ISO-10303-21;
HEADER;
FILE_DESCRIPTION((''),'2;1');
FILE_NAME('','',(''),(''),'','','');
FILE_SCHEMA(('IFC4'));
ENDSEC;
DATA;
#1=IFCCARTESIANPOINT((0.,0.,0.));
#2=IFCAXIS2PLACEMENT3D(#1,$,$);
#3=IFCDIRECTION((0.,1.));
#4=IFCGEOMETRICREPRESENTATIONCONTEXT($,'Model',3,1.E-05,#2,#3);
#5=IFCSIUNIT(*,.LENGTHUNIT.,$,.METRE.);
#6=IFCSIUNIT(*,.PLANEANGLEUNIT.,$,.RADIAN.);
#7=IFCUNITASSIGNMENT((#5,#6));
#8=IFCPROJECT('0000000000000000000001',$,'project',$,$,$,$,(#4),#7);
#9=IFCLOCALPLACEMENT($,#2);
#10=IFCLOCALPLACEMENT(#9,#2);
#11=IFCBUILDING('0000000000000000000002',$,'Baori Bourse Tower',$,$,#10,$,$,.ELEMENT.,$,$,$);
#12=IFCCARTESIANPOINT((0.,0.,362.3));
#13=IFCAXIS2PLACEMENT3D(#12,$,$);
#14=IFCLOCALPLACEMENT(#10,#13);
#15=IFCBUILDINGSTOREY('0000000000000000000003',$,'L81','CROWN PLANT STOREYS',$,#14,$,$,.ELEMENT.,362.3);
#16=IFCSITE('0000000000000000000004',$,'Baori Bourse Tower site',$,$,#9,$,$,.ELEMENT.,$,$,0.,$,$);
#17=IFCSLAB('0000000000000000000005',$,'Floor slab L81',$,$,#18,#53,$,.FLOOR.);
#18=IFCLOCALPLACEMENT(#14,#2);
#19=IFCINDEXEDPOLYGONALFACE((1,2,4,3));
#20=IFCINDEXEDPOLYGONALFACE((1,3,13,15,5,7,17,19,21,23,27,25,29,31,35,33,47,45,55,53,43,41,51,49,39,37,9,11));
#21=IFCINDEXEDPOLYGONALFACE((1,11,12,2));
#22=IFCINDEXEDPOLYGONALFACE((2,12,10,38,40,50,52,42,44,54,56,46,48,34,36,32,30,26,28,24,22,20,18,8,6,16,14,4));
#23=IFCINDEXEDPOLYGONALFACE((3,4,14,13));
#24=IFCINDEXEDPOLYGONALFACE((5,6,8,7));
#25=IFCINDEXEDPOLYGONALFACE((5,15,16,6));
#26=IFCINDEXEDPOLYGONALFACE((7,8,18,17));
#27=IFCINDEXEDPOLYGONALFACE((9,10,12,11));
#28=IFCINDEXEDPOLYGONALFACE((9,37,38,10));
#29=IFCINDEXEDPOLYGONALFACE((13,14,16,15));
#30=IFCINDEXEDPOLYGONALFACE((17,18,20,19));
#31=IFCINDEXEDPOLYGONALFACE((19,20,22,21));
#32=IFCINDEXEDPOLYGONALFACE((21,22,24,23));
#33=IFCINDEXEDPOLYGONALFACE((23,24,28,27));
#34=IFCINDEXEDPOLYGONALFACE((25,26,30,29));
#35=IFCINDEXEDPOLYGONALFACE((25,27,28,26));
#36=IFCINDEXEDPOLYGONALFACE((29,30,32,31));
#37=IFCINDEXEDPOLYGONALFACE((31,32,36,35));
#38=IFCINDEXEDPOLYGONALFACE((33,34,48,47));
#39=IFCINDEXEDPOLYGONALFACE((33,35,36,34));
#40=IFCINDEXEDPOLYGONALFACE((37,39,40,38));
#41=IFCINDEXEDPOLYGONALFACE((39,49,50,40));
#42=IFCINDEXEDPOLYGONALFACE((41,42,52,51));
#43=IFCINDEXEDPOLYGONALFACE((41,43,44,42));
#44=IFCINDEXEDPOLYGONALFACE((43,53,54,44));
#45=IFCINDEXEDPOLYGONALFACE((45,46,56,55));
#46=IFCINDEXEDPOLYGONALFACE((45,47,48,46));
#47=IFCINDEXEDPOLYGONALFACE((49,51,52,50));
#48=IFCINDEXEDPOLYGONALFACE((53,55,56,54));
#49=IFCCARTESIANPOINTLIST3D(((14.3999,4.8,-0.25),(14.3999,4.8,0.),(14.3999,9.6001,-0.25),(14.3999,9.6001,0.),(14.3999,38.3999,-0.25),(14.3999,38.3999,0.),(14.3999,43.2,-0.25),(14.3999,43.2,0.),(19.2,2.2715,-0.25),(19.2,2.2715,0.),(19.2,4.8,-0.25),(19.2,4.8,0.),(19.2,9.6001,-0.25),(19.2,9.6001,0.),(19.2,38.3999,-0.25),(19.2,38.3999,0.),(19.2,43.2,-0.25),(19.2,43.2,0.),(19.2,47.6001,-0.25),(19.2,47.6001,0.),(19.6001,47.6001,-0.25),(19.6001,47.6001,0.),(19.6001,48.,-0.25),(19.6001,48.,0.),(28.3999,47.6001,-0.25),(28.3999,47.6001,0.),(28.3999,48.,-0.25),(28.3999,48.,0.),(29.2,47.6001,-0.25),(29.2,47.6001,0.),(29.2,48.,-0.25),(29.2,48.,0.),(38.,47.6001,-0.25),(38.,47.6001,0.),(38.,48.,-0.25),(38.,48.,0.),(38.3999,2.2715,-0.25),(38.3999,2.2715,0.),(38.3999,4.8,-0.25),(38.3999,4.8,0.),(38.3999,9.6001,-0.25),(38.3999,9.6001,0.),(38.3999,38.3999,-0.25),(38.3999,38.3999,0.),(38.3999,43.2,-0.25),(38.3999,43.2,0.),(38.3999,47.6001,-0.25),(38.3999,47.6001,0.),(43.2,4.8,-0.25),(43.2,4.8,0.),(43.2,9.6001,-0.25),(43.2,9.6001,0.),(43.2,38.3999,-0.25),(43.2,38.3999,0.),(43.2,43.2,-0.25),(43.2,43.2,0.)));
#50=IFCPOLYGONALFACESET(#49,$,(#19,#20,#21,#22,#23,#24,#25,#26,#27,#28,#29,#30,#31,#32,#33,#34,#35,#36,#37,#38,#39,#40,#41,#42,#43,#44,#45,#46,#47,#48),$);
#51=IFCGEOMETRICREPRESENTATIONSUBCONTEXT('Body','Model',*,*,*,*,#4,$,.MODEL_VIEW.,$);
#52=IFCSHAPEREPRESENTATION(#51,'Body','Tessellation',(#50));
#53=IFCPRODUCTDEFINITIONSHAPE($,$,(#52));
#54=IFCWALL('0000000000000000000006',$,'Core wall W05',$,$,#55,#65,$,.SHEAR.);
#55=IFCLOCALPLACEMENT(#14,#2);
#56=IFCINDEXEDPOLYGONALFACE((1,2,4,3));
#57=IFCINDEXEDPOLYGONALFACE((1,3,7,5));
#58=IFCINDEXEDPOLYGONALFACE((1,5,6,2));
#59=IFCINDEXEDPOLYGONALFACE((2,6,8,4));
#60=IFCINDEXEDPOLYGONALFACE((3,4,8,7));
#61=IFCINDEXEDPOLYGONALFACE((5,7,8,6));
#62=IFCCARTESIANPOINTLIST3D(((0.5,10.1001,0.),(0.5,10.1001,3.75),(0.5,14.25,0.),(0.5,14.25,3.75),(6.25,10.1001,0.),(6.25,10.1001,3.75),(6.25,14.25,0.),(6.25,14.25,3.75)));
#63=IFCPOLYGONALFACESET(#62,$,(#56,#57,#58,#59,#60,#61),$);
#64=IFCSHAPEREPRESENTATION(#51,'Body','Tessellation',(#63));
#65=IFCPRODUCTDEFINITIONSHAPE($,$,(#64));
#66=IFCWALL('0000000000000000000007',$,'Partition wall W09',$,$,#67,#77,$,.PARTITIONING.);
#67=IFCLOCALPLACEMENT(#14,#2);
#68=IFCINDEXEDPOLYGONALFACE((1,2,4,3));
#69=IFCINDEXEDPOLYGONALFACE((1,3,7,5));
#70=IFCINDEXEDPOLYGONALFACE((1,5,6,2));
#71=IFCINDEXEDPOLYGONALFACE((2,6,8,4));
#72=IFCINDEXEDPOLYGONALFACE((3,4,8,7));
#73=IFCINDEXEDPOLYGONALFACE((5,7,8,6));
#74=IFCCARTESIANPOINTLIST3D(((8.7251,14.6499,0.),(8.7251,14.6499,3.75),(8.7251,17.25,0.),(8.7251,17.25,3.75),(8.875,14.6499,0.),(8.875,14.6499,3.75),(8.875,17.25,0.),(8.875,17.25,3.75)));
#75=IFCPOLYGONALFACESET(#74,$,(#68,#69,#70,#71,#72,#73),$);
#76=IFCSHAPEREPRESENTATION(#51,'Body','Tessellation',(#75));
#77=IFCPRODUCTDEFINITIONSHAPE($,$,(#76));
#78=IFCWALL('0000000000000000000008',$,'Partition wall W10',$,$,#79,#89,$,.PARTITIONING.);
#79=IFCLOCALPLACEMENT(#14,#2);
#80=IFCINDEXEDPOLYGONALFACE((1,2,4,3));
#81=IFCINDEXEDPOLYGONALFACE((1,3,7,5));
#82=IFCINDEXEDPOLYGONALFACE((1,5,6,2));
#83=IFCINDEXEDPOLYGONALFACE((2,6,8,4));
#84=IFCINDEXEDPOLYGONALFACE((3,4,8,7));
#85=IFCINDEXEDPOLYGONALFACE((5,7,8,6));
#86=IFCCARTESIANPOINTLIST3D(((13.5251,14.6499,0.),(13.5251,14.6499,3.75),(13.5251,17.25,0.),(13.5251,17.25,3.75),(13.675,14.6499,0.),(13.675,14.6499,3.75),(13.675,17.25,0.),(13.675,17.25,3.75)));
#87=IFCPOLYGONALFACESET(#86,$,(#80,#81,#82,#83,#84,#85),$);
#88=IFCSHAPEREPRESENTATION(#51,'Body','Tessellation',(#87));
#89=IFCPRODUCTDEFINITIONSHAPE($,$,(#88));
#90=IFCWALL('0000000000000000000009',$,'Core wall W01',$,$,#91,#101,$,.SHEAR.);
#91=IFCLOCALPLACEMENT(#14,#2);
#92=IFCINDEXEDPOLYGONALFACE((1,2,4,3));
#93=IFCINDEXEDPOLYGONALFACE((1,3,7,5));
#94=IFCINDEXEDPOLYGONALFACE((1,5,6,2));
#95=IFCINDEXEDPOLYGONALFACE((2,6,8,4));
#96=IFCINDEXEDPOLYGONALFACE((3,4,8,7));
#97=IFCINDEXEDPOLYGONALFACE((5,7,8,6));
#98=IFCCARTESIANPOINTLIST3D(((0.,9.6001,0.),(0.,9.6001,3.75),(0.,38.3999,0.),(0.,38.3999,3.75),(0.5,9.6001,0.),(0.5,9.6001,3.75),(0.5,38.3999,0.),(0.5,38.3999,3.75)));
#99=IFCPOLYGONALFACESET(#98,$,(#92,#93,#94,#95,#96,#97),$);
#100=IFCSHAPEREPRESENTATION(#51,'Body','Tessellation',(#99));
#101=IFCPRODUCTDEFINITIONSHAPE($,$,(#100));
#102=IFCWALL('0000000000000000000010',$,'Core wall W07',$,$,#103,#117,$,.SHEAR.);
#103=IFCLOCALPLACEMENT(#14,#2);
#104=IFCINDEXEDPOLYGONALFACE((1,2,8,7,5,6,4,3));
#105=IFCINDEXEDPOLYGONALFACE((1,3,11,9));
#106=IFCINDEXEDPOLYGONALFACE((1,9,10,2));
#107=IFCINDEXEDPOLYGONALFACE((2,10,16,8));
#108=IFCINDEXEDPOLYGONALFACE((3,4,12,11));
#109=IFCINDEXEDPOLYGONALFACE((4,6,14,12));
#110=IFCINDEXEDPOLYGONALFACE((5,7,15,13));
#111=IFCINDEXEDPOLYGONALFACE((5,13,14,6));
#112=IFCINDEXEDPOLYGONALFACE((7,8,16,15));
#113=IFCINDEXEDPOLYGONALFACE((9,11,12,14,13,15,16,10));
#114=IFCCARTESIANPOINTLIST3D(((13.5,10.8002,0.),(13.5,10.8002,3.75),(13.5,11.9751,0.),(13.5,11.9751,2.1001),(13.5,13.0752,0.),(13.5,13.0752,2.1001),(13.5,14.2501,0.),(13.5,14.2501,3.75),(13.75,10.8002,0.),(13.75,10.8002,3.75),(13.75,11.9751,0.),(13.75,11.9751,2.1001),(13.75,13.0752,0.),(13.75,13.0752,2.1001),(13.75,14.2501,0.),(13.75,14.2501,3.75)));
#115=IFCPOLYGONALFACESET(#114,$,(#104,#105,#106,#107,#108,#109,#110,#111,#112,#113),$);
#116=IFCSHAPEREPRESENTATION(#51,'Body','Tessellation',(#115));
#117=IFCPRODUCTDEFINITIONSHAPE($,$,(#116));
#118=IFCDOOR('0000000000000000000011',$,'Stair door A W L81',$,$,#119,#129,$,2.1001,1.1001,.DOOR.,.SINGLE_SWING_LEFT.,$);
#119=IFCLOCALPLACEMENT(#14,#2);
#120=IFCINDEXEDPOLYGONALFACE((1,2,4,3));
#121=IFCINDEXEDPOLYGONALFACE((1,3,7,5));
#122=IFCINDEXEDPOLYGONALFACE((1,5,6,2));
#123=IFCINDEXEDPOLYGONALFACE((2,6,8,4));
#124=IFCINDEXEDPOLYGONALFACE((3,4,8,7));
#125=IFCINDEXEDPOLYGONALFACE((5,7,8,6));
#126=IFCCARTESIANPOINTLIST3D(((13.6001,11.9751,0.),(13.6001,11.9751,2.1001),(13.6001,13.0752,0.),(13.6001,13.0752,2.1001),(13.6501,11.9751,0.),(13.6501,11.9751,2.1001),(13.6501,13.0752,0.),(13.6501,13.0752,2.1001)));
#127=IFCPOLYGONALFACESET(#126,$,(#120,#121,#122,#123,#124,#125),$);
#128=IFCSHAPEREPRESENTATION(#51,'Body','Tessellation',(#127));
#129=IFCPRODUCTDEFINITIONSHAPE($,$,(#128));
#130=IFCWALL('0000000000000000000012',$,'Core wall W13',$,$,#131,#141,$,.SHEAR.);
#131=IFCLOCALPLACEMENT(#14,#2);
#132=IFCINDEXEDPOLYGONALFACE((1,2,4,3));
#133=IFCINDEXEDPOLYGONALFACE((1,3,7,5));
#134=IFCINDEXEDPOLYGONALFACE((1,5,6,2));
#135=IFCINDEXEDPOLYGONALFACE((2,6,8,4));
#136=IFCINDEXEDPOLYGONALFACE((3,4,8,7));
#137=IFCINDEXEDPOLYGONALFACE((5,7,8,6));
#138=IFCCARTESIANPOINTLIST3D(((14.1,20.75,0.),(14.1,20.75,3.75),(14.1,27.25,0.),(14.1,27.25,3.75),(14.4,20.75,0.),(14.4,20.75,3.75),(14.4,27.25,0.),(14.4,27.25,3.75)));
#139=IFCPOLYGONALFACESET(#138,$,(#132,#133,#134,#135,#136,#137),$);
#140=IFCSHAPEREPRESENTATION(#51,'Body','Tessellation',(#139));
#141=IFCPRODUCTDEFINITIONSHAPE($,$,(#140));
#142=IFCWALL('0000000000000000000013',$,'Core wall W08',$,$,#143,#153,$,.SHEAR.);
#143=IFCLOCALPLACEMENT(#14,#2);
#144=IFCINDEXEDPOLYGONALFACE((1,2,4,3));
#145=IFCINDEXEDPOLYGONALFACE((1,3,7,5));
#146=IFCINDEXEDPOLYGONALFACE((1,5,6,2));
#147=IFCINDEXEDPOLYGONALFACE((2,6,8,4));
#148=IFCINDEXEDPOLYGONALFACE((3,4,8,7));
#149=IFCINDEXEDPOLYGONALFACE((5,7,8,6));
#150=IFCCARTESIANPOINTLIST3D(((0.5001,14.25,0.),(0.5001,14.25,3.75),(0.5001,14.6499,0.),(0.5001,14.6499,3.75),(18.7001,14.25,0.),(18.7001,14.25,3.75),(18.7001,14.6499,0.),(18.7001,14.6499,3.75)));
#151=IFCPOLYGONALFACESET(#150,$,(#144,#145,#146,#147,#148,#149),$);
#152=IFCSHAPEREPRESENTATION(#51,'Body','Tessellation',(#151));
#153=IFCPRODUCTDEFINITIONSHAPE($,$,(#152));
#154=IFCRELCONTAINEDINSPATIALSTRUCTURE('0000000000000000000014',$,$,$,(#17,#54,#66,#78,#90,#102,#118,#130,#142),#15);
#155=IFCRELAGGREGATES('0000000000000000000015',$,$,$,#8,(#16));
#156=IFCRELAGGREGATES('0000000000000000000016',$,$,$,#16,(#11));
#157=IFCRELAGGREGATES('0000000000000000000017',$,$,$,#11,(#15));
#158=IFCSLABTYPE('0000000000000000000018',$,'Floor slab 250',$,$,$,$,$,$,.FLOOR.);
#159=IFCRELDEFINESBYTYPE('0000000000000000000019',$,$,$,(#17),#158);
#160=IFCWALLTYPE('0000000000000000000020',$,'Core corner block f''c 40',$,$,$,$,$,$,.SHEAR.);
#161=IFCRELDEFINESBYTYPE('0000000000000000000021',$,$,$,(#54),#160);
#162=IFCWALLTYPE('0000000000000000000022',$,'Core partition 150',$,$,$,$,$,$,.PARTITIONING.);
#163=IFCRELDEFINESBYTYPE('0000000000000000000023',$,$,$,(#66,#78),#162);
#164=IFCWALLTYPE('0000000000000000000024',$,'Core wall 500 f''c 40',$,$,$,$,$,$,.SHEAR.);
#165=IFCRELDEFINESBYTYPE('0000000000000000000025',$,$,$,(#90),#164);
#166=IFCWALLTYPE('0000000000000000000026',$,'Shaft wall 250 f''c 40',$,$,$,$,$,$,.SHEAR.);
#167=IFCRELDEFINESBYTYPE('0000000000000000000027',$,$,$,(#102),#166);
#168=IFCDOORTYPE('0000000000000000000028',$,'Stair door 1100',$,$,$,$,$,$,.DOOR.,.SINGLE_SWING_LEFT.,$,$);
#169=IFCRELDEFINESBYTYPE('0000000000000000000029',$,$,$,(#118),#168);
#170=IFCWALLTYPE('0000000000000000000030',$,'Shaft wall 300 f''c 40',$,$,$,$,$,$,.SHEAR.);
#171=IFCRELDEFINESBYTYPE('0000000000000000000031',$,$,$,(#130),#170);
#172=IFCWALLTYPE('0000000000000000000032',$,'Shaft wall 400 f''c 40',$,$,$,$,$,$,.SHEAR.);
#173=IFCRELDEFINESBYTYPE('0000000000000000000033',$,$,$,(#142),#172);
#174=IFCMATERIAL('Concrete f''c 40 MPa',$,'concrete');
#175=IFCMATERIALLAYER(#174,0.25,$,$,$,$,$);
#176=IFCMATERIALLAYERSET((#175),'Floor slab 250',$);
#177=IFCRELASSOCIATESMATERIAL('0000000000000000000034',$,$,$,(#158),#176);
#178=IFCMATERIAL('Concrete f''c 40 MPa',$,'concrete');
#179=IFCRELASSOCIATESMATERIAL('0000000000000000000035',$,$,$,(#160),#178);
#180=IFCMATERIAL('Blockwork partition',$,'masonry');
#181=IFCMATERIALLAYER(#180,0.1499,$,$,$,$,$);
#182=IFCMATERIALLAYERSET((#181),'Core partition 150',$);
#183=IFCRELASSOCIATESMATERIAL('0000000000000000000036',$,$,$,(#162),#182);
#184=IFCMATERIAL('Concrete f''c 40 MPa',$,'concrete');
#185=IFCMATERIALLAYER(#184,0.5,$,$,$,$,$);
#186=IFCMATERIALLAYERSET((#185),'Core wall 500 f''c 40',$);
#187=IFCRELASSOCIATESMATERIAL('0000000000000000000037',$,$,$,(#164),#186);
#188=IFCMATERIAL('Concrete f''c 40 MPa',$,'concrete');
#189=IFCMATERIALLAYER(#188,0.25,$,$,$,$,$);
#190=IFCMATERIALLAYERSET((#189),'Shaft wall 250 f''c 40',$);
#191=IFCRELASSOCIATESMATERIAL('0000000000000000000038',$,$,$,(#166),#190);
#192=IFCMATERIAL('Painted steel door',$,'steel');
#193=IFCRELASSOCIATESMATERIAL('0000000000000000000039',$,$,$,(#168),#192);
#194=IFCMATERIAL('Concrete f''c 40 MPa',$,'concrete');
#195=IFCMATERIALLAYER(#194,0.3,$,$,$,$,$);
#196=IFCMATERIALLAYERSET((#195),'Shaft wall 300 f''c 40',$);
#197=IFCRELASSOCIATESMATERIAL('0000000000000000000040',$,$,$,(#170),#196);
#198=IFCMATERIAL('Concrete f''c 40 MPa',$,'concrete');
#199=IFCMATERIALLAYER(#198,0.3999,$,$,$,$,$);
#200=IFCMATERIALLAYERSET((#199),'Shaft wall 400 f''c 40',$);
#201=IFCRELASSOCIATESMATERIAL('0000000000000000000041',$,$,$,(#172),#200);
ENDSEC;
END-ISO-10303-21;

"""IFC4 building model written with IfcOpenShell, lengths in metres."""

from ifc_helpers import new_model, si_unit, direction, frame, frame_2d, origin, place, context, subcontext, project, spatial, polyline, rectangle, outline, extrude, material, layer, layer_set, type_object, element, fill, save


model = new_model("IFC4")

# Units and contexts
model_context = context("Model", 3, precision=1e-05, world=origin(), true_north=direction((0.0, 1.0)))
body_context = subcontext(model_context, "Body", "Model", "MODEL_VIEW")
ifc_project = project(units=[si_unit("LENGTHUNIT", "METRE"), si_unit("PLANEANGLEUNIT", "RADIAN")], contexts=[model_context])

# Site, building, storey
site_placement = place(None, origin())
site = spatial("IfcSite", under=ifc_project, at=site_placement, Name="Baori Bourse Tower site", CompositionType="ELEMENT", RefElevation=0.0)
building_placement = place(site_placement, origin())
building = spatial("IfcBuilding", under=site, at=building_placement, Name="Baori Bourse Tower", CompositionType="ELEMENT")
storey_placement = place(building_placement, frame((0.0, 0.0, 362.3)))
storey = spatial("IfcBuildingStorey", under=building, at=storey_placement, Name="L81", Description="CROWN PLANT STOREYS", CompositionType="ELEMENT", Elevation=362.3)

# Slab
ifc_material_1 = material(Name="Concrete f'c 40 MPa", Category="concrete")
ifc_layer_1 = layer(ifc_material_1, 0.25)
ifc_layer_set_1 = layer_set([ifc_layer_1], Name="Floor slab 250")
slab_type_1 = type_object("IfcSlabType", Name="Floor slab 250", PredefinedType="FLOOR", material=ifc_layer_set_1)
slab_1_placement = place(storey_placement, frame((0.0, 0.0, -0.25)))
element("IfcSlab", 1, at=slab_1_placement, inside=storey, type_object=slab_type_1, Name="Floor slab L81", PredefinedType="FLOOR", context=body_context, shape_type="SweptSolid", body=[
    extrude(outline(polyline([(38.3999, 43.2), (43.2, 43.2), (43.2, 38.3999), (38.3999, 38.3999), (38.3999, 9.6001), (43.2, 9.6001), (43.2, 4.8), (38.3999, 4.8), (38.3999, 2.2715), (19.2, 2.2715), (19.2, 4.8), (14.3999, 4.8), (14.3999, 9.6001), (19.2, 9.6001), (19.2, 38.3999), (14.3999, 38.3999), (14.3999, 43.2), (19.2, 43.2), (19.2, 47.6001), (19.6001, 47.6001), (19.6001, 48.0), (28.3999, 48.0), (28.3999, 47.6001), (29.2, 47.6001), (29.2, 48.0), (38.0, 48.0), (38.0, 47.6001), (38.3999, 47.6001), (38.3999, 43.2)])), origin(), (0.0, 0.0, 1.0), 0.25),
])

# Walls
ifc_material_2 = material(Name="Concrete f'c 40 MPa", Category="concrete")
wall_type_1 = type_object("IfcWallType", Name="Core corner block f'c 40", PredefinedType="SHEAR", material=ifc_material_2)
wall_1_placement = place(storey_placement, frame((0.5, 12.175, 0.0), z_axis=(0.0, 0.0, 1.0), x_axis=(1.0, 0.0, 0.0)))
element("IfcWall", 2, at=wall_1_placement, inside=storey, type_object=wall_type_1, Name="Core wall W05", PredefinedType="SHEAR", context=body_context, shape_type="SweptSolid", body=[
    extrude(rectangle(XDim=5.75, YDim=4.1499, at=frame_2d((2.875, 0.0))), origin(), (0.0, 0.0, 1.0), 3.75),
])
ifc_material_3 = material(Name="Blockwork partition", Category="masonry")
ifc_layer_2 = layer(ifc_material_3, 0.1499)
ifc_layer_set_2 = layer_set([ifc_layer_2], Name="Core partition 150")
wall_type_2 = type_object("IfcWallType", Name="Core partition 150", PredefinedType="PARTITIONING", material=ifc_layer_set_2)
for number, where, z_axis, x_axis, name in (
    (3, (8.8, 14.6499, 0.0), (0.0, 0.0, 1.0), (0.0, 1.0, 0.0), "Partition wall W09"),
    (4, (13.6001, 14.6499, 0.0), (0.0, 0.0, 1.0), (0.0, 1.0, 0.0), "Partition wall W10"),
):
    element("IfcWall", number, at=place(storey_placement, frame(where, z_axis=z_axis, x_axis=x_axis)), inside=storey, type_object=wall_type_2, Name=name, PredefinedType="PARTITIONING", context=body_context, shape_type="SweptSolid", body=[
        extrude(rectangle(XDim=2.6001, YDim=0.1499, at=frame_2d((1.3, 0.0))), origin(), (0.0, 0.0, 1.0), 3.75),
    ])
ifc_material_4 = material(Name="Concrete f'c 40 MPa", Category="concrete")
ifc_layer_3 = layer(ifc_material_4, 0.5)
ifc_layer_set_3 = layer_set([ifc_layer_3], Name="Core wall 500 f'c 40")
wall_type_3 = type_object("IfcWallType", Name="Core wall 500 f'c 40", PredefinedType="SHEAR", material=ifc_layer_set_3)
wall_2_placement = place(storey_placement, frame((0.25, 9.6001, 0.0), z_axis=(0.0, 0.0, 1.0), x_axis=(0.0, 1.0, 0.0)))
element("IfcWall", 5, at=wall_2_placement, inside=storey, type_object=wall_type_3, Name="Core wall W01", PredefinedType="SHEAR", context=body_context, shape_type="SweptSolid", body=[
    extrude(rectangle(XDim=28.7998, YDim=0.5, at=frame_2d((14.3999, 0.0))), origin(), (0.0, 0.0, 1.0), 3.75),
])

# Wall, opening, door
ifc_material_5 = material(Name="Concrete f'c 40 MPa", Category="concrete")
ifc_layer_4 = layer(ifc_material_5, 0.25)
ifc_layer_set_4 = layer_set([ifc_layer_4], Name="Shaft wall 250 f'c 40")
wall_type_4 = type_object("IfcWallType", Name="Shaft wall 250 f'c 40", PredefinedType="SHEAR", material=ifc_layer_set_4)
wall_3_placement = place(storey_placement, frame((13.625, 10.8, 0.0), z_axis=(0.0, 0.0, 1.0), x_axis=(0.0, 1.0, 0.0)))
wall_3 = element("IfcWall", 6, at=wall_3_placement, inside=storey, type_object=wall_type_4, Name="Core wall W07", PredefinedType="SHEAR", context=body_context, shape_type="SweptSolid", body=[
    extrude(rectangle(XDim=3.45, YDim=0.25, at=frame_2d((1.7251, 0.0))), origin(), (0.0, 0.0, 1.0), 3.75),
])
opening_1_placement = place(wall_3_placement, frame((1.175, 0.0, 0.0)))
opening_1 = element("IfcOpeningElement", 7, at=opening_1_placement, cuts=wall_3, PredefinedType="OPENING", context=body_context, shape_type="SweptSolid", body=[
    extrude(rectangle(XDim=1.1001, YDim=2.1001, at=frame_2d((0.55, 1.05))), frame((0.0, 0.135, 0.0), z_axis=(0.0, -1.0, 0.0), x_axis=(1.0, 0.0, 0.0)), (0.0, 0.0, 1.0), 0.27),
])
ifc_material_6 = material(Name="Painted steel door", Category="steel")
door_type_1 = type_object("IfcDoorType", Name="Stair door 1100", OperationType="SINGLE_SWING_LEFT", PredefinedType="DOOR", material=ifc_material_6)
door_1_placement = place(opening_1_placement, origin())
door_1 = element("IfcDoor", 8, at=door_1_placement, inside=storey, type_object=door_type_1, Name="Stair door A W L81", OperationType="SINGLE_SWING_LEFT", OverallHeight=2.1001, OverallWidth=1.1001, PredefinedType="DOOR", context=body_context, shape_type="SweptSolid", body=[
    extrude(rectangle(XDim=1.1001, YDim=2.1001, at=frame_2d((0.55, 1.05))), frame((0.0, 0.0249, 0.0), z_axis=(0.0, -1.0, 0.0), x_axis=(1.0, 0.0, 0.0)), (0.0, 0.0, 1.0), 0.05),
])
fill(opening_1, door_1)

# Walls
ifc_material_7 = material(Name="Concrete f'c 40 MPa", Category="concrete")
ifc_layer_5 = layer(ifc_material_7, 0.3)
ifc_layer_set_5 = layer_set([ifc_layer_5], Name="Shaft wall 300 f'c 40")
wall_type_5 = type_object("IfcWallType", Name="Shaft wall 300 f'c 40", PredefinedType="SHEAR", material=ifc_layer_set_5)
wall_4_placement = place(storey_placement, frame((14.25, 20.75, 0.0), z_axis=(0.0, 0.0, 1.0), x_axis=(0.0, 1.0, 0.0)))
element("IfcWall", 9, at=wall_4_placement, inside=storey, type_object=wall_type_5, Name="Core wall W13", PredefinedType="SHEAR", context=body_context, shape_type="SweptSolid", body=[
    extrude(rectangle(XDim=6.5, YDim=0.3, at=frame_2d((3.25, 0.0))), origin(), (0.0, 0.0, 1.0), 3.75),
])
ifc_material_8 = material(Name="Concrete f'c 40 MPa", Category="concrete")
ifc_layer_6 = layer(ifc_material_8, 0.3999)
ifc_layer_set_6 = layer_set([ifc_layer_6], Name="Shaft wall 400 f'c 40")
wall_type_6 = type_object("IfcWallType", Name="Shaft wall 400 f'c 40", PredefinedType="SHEAR", material=ifc_layer_set_6)
wall_5_placement = place(storey_placement, frame((0.5, 14.45, 0.0), z_axis=(0.0, 0.0, 1.0), x_axis=(1.0, 0.0, 0.0)))
element("IfcWall", 10, at=wall_5_placement, inside=storey, type_object=wall_type_6, Name="Core wall W08", PredefinedType="SHEAR", context=body_context, shape_type="SweptSolid", body=[
    extrude(rectangle(XDim=18.2, YDim=0.3999, at=frame_2d((9.1001, 0.0))), origin(), (0.0, 0.0, 1.0), 3.75),
])

save(model, "model.ifc")
